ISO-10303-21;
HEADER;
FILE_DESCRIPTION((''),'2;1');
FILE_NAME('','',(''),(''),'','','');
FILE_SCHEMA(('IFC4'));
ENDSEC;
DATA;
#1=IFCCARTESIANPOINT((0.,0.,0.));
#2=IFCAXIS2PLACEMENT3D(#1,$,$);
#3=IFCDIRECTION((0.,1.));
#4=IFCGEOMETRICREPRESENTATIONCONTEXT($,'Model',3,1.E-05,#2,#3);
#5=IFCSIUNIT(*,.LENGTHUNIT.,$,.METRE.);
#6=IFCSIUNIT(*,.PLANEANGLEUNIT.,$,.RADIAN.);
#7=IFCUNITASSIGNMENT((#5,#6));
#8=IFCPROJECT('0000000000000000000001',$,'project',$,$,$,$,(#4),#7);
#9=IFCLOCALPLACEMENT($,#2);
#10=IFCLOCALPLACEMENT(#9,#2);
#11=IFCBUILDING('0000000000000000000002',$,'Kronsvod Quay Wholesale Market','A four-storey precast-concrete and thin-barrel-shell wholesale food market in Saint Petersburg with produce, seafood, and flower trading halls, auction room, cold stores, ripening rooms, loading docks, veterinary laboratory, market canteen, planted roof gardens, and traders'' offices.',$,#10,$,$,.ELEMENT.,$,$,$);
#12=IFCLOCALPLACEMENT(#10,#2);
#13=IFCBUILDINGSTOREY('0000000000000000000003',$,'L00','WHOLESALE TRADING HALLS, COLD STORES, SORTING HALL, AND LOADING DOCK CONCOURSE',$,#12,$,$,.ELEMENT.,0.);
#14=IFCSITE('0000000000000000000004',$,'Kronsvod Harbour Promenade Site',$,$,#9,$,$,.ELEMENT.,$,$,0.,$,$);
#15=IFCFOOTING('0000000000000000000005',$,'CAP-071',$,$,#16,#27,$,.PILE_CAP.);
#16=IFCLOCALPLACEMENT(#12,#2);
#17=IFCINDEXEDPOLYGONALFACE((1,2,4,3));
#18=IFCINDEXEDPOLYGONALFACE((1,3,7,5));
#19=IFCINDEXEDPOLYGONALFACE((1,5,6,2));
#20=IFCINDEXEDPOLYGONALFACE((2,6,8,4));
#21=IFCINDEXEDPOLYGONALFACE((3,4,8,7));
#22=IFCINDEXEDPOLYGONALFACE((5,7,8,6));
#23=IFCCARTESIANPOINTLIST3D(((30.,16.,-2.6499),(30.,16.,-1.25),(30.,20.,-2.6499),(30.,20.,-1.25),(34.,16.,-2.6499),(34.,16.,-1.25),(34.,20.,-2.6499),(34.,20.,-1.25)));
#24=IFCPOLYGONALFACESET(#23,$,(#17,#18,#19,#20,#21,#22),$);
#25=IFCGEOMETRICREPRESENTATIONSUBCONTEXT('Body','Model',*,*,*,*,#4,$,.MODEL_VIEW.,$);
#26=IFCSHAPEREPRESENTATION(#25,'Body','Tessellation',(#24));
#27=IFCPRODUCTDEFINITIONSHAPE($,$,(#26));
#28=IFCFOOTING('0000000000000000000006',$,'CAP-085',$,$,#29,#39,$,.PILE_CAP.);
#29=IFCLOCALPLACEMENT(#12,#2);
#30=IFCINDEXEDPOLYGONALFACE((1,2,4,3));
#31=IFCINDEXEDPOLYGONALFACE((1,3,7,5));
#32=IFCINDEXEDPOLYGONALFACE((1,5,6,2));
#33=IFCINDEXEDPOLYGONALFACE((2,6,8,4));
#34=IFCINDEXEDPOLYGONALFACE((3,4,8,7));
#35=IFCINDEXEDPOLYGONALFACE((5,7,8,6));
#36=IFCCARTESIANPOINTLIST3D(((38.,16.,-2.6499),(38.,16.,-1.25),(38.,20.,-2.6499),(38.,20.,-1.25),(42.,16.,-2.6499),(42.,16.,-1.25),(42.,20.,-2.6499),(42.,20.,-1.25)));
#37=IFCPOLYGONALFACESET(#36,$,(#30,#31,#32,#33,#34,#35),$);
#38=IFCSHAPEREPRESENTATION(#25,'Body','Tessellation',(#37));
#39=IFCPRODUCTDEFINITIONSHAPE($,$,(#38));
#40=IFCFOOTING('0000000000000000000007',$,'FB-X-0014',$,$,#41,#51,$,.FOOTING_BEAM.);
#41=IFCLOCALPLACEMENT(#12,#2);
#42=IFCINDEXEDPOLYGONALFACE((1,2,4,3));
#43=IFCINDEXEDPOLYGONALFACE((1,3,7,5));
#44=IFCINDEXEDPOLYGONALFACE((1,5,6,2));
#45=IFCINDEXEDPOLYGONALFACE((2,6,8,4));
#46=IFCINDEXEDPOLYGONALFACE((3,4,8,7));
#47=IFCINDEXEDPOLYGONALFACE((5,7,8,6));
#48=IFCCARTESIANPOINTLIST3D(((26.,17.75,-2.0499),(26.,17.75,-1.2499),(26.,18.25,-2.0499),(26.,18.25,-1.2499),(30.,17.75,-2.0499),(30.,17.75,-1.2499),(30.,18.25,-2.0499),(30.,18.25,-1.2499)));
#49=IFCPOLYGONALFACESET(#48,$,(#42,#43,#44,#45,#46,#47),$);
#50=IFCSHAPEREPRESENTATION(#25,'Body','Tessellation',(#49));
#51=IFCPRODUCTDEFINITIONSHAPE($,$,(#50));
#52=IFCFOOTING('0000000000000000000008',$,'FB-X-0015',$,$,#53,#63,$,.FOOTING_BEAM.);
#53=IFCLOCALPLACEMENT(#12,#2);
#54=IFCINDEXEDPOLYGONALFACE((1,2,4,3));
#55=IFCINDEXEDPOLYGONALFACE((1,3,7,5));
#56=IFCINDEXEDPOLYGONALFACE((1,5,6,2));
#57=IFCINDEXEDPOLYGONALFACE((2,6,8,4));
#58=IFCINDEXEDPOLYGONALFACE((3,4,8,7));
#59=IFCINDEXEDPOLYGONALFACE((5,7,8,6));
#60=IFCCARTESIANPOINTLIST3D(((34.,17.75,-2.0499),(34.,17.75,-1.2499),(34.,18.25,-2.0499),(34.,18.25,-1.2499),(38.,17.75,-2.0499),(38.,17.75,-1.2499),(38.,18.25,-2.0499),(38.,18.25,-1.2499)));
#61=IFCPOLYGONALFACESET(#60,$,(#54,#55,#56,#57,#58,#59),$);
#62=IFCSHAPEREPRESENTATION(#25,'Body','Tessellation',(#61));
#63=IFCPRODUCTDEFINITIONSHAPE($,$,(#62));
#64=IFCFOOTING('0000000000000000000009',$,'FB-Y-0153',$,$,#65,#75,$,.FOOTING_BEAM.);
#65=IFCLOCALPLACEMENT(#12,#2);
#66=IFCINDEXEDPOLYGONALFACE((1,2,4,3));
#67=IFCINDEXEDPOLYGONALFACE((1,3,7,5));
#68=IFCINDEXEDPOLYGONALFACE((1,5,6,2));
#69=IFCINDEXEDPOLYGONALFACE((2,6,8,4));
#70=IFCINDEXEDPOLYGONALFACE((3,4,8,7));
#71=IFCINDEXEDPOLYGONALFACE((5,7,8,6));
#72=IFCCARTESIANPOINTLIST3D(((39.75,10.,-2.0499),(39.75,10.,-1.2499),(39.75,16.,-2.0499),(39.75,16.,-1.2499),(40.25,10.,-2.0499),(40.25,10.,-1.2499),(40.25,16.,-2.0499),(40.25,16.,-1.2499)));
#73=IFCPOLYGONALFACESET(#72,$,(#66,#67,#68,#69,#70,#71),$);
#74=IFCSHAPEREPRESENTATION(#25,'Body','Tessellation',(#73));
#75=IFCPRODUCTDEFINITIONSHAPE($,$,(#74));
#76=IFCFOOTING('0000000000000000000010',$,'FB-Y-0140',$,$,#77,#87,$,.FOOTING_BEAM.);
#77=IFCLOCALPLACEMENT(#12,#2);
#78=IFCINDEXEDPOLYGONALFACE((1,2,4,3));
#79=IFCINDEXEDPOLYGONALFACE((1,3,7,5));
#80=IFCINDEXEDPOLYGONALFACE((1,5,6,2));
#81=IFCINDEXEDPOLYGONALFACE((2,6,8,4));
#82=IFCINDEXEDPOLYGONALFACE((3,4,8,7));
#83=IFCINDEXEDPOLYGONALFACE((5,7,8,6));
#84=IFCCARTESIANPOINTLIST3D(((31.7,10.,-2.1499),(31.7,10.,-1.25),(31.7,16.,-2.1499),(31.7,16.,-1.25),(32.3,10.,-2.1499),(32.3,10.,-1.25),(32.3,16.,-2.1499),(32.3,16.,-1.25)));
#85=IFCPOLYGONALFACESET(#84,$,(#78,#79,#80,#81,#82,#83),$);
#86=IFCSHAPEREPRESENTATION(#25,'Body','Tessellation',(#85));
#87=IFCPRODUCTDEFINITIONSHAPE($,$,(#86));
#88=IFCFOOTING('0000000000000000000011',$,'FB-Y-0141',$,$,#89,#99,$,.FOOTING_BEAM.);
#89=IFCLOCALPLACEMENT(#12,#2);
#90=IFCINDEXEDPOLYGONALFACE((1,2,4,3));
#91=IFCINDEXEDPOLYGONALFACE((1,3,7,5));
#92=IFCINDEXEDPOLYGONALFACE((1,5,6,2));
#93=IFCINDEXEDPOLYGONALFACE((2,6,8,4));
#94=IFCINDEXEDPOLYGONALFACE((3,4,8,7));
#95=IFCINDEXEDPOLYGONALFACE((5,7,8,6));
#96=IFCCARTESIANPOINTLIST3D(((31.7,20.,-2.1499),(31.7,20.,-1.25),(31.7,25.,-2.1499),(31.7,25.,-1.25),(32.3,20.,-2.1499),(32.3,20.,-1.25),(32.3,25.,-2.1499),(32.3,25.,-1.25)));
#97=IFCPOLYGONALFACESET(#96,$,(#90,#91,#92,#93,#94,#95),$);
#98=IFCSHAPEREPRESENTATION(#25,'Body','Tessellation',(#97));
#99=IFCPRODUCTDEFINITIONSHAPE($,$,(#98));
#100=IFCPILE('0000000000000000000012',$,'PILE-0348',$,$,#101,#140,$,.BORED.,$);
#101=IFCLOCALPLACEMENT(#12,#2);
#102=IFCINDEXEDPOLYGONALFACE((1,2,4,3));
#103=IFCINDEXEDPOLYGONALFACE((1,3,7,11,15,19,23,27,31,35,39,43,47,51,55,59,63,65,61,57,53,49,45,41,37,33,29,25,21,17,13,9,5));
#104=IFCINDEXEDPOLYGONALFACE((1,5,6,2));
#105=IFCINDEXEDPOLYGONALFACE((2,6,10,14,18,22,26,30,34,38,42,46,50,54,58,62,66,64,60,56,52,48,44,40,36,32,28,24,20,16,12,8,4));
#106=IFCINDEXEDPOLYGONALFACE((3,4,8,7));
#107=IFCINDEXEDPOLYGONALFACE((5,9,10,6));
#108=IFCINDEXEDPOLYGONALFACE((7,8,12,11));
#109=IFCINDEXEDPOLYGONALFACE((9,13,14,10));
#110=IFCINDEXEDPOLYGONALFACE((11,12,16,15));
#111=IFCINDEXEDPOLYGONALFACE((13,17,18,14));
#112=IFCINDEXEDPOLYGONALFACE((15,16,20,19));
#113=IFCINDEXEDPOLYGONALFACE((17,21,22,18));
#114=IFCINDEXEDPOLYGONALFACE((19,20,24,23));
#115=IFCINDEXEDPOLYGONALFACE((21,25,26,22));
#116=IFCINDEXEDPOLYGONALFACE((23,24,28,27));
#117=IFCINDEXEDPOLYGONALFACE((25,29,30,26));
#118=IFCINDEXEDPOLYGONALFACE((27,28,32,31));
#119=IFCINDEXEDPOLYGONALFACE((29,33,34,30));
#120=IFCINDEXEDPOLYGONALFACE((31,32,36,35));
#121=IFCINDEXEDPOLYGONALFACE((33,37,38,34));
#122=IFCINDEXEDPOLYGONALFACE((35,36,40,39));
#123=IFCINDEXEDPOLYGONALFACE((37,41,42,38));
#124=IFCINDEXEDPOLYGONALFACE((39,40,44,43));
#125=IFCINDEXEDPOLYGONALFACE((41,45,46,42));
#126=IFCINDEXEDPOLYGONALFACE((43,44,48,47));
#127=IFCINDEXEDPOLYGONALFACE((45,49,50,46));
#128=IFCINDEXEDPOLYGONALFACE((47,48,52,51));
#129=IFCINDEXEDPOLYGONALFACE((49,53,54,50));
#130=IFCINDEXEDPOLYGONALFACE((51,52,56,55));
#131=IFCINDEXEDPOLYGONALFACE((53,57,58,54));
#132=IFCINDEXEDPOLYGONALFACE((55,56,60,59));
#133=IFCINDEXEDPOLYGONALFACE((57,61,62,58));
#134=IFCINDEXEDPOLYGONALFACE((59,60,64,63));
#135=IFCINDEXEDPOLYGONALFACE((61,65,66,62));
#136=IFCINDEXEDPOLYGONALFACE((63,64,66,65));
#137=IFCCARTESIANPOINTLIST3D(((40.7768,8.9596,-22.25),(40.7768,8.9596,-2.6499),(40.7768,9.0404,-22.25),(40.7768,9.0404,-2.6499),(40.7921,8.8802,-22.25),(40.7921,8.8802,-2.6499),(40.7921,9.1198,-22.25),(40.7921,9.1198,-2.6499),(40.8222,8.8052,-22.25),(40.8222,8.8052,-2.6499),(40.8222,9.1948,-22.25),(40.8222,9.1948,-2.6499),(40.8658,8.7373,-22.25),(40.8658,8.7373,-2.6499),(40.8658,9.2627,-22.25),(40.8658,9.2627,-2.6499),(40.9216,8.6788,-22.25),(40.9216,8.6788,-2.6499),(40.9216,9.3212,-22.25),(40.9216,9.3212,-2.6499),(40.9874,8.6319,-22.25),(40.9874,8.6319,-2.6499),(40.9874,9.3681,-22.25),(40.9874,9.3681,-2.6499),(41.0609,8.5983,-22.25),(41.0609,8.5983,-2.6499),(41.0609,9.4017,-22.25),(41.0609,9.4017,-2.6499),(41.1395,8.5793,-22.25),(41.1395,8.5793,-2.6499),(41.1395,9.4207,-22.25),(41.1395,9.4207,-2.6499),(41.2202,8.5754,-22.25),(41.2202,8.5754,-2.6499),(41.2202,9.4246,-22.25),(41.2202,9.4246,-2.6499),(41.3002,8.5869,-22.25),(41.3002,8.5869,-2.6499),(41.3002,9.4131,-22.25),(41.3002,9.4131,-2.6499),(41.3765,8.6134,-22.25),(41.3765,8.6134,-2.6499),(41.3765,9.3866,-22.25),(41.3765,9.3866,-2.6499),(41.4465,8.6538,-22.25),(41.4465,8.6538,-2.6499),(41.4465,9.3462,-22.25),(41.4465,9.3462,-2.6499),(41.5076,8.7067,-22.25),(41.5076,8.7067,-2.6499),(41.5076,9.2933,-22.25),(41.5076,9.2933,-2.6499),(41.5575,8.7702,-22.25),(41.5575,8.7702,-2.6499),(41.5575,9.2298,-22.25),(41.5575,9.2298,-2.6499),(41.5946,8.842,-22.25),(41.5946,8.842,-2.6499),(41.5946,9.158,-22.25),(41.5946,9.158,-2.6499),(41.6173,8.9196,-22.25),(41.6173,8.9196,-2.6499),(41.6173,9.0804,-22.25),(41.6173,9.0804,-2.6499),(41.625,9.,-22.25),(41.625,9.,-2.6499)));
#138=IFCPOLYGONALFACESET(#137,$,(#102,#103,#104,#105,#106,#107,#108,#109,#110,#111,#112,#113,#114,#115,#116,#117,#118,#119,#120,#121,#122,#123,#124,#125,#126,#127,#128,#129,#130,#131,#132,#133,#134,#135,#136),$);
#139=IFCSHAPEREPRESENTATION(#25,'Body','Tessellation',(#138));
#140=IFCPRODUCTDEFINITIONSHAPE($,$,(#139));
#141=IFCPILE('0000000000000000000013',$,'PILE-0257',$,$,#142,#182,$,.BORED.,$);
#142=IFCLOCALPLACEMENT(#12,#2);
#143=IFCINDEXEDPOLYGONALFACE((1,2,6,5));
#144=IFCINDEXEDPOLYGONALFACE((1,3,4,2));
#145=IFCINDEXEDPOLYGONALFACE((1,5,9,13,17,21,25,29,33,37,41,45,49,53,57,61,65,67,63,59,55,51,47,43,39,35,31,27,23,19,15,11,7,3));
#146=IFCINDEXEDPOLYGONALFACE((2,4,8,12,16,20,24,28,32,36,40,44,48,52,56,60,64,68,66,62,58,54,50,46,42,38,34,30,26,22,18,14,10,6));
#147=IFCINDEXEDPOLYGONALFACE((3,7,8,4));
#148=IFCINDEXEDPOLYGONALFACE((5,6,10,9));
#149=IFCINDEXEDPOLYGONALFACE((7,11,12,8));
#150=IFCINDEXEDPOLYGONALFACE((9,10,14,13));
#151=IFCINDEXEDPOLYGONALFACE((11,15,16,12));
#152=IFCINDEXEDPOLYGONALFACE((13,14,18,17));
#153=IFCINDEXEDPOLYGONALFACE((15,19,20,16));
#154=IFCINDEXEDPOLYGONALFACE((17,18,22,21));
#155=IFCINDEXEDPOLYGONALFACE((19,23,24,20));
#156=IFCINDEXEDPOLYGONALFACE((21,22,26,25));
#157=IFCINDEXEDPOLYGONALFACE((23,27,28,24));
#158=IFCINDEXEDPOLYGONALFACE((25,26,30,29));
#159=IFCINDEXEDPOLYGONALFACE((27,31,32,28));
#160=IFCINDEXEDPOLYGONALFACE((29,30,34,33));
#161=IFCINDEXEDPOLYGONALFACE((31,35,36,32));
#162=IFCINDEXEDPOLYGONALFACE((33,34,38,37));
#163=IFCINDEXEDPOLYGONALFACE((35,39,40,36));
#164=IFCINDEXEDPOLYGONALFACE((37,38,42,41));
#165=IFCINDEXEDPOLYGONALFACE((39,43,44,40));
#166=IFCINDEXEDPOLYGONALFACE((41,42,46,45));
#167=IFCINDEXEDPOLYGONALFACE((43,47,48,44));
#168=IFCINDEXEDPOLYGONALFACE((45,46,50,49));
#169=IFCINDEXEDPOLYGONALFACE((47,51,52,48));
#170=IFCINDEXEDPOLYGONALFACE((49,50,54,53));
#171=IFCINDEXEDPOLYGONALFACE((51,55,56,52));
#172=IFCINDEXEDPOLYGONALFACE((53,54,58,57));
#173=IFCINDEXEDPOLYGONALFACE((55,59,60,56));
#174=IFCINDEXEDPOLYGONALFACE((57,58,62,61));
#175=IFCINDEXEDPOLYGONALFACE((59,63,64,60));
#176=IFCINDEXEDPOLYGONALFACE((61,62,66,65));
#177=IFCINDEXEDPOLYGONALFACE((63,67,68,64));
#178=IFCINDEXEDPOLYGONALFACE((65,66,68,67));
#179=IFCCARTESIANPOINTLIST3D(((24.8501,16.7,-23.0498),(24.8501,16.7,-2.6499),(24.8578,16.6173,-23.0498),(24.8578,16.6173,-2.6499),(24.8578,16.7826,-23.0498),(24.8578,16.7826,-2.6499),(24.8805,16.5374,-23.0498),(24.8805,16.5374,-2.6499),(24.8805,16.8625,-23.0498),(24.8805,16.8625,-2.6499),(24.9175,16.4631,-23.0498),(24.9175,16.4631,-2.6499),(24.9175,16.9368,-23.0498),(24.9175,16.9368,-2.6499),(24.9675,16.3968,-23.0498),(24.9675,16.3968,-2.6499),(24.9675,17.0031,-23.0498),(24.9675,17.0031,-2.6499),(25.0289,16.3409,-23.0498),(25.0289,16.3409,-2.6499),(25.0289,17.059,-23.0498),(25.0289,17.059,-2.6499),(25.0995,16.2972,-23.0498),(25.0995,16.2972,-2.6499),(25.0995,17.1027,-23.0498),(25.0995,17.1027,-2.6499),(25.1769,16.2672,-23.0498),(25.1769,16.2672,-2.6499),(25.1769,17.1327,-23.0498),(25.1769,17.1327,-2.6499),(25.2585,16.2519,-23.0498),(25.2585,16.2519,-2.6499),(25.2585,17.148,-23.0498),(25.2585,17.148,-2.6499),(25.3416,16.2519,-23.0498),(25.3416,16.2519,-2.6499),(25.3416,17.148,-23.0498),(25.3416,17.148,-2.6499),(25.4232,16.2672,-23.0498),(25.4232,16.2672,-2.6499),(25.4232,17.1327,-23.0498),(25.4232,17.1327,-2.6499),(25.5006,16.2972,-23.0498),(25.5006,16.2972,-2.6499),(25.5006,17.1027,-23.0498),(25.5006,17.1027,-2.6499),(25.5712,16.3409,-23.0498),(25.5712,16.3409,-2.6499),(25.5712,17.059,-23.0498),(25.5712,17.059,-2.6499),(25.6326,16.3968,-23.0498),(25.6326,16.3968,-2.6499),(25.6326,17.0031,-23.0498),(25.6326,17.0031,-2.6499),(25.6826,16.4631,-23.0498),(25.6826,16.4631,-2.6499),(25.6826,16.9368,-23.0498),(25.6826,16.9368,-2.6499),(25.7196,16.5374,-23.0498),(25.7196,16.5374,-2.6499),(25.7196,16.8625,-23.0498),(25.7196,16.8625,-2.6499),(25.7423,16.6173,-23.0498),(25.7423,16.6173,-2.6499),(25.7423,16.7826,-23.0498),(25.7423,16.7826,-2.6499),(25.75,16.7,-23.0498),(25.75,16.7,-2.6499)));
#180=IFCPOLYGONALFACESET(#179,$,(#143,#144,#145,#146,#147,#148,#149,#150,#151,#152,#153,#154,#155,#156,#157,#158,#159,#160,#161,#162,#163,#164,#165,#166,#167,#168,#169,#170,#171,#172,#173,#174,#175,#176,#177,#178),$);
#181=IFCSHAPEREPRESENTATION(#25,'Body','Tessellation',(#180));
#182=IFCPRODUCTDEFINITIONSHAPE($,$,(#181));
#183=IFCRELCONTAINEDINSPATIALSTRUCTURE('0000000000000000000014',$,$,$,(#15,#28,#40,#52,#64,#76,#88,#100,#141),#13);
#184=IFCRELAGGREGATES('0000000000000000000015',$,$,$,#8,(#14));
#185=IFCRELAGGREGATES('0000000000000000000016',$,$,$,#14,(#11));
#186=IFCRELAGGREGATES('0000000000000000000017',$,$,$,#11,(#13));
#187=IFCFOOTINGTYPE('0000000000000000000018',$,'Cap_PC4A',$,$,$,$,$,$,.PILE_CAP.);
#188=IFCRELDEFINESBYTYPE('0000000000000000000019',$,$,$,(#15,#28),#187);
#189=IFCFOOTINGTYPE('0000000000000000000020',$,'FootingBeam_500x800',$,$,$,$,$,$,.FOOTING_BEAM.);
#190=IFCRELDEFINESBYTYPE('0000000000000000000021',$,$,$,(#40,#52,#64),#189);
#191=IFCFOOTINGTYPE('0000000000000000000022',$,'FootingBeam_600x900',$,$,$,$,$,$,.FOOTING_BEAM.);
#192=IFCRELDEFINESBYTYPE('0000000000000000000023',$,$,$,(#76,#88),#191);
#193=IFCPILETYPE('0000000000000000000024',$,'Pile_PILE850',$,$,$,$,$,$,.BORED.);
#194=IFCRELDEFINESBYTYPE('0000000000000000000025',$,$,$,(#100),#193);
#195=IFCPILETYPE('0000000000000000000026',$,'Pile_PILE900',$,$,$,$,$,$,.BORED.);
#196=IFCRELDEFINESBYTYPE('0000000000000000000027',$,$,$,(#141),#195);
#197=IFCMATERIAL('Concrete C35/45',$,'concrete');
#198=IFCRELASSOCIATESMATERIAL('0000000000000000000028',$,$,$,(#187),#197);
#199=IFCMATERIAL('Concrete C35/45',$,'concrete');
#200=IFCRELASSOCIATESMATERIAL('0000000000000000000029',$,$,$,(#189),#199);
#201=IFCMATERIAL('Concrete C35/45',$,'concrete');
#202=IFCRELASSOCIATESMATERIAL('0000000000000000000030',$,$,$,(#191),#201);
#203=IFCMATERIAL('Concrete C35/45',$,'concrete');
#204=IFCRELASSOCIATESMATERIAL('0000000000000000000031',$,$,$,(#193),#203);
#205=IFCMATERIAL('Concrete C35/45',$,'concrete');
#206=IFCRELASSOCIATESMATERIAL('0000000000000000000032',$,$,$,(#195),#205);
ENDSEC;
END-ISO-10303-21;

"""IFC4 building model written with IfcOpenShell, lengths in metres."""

from ifc_helpers import new_model, si_unit, direction, frame, origin, origin_2d, place, context, subcontext, project, spatial, rectangle, circle, extrude, material, material_profile, profile_set, type_object, element, save


model = new_model("IFC4")

# Units and contexts
model_context = context("Model", 3, precision=1e-05, world=origin(), true_north=direction((0.0, 1.0)))
body_context = subcontext(model_context, "Body", "Model", "MODEL_VIEW")
ifc_project = project(units=[si_unit("LENGTHUNIT", "METRE"), si_unit("PLANEANGLEUNIT", "RADIAN")], contexts=[model_context])

# Site, building, storey
site_placement = place(None, origin())
site = spatial("IfcSite", under=ifc_project, at=site_placement, Name="Kronsvod Harbour Promenade Site", CompositionType="ELEMENT", RefElevation=0.0)
building_placement = place(site_placement, origin())
building = spatial("IfcBuilding", under=site, at=building_placement, Name="Kronsvod Quay Wholesale Market", Description="A four-storey precast-concrete and thin-barrel-shell wholesale food market in Saint Petersburg with produce, seafood, and flower trading halls, auction room, cold stores, ripening rooms, loading docks, veterinary laboratory, market canteen, planted roof gardens, and traders' offices.", CompositionType="ELEMENT")
storey_placement = place(building_placement, origin())
storey = spatial("IfcBuildingStorey", under=building, at=storey_placement, Name="L00", Description="WHOLESALE TRADING HALLS, COLD STORES, SORTING HALL, AND LOADING DOCK CONCOURSE", CompositionType="ELEMENT", Elevation=0.0)

# Footings
ifc_material_1 = material(Name="Concrete C35/45", Category="concrete")
footing_type_1 = type_object("IfcFootingType", Name="Cap_PC4A", PredefinedType="PILE_CAP", material=ifc_material_1)
for number, where, z_axis, x_axis, name in (
    (1, (32.0, 18.0, -2.6499), (0.0, 0.0, 1.0), (1.0, 0.0, 0.0), "CAP-071"),
    (2, (40.0, 18.0, -2.6499), (0.0, 0.0, 1.0), (1.0, 0.0, 0.0), "CAP-085"),
):
    element("IfcFooting", number, at=place(storey_placement, frame(where, z_axis=z_axis, x_axis=x_axis)), inside=storey, type_object=footing_type_1, Name=name, PredefinedType="PILE_CAP", context=body_context, shape_type="SweptSolid", body=[
        extrude(rectangle(XDim=4.0, YDim=4.0, at=origin_2d()), origin(), (0.0, 0.0, 1.0), 1.3999),
    ])
ifc_material_2 = material(Name="Concrete C35/45", Category="concrete")
ifc_material_profile_1 = material_profile(ifc_material_2, rectangle(XDim=0.5, YDim=0.8, at=origin_2d()), Name="FB-01")
ifc_profile_set_1 = profile_set([ifc_material_profile_1], Name="Concrete C35/45")
footing_type_2 = type_object("IfcFootingType", Name="FootingBeam_500x800", PredefinedType="FOOTING_BEAM", material=ifc_profile_set_1)
for number, where, z_axis, x_axis, name in (
    (3, (26.0, 18.0, -1.6499), (1.0, 0.0, 0.0), (0.0, 1.0, 0.0), "FB-X-0014"),
    (4, (34.0, 18.0, -1.6499), (1.0, 0.0, 0.0), (0.0, 1.0, 0.0), "FB-X-0015"),
):
    element("IfcFooting", number, at=place(storey_placement, frame(where, z_axis=z_axis, x_axis=x_axis)), inside=storey, type_object=footing_type_2, Name=name, PredefinedType="FOOTING_BEAM", context=body_context, shape_type="SweptSolid", body=[
        extrude(rectangle(XDim=0.5, YDim=0.8, at=origin_2d()), origin(), (0.0, 0.0, 1.0), 4.0),
    ])
footing_1_placement = place(storey_placement, frame((40.0, 10.0, -1.6499), z_axis=(0.0, 1.0, 0.0), x_axis=(-1.0, 0.0, 0.0)))
element("IfcFooting", 5, at=footing_1_placement, inside=storey, type_object=footing_type_2, Name="FB-Y-0153", PredefinedType="FOOTING_BEAM", context=body_context, shape_type="SweptSolid", body=[
    extrude(rectangle(XDim=0.5, YDim=0.8, at=origin_2d()), origin(), (0.0, 0.0, 1.0), 6.0),
])
ifc_material_3 = material(Name="Concrete C35/45", Category="concrete")
ifc_material_profile_2 = material_profile(ifc_material_3, rectangle(XDim=0.6001, YDim=0.8999, at=origin_2d()), Name="FB-02")
ifc_profile_set_2 = profile_set([ifc_material_profile_2], Name="Concrete C35/45")
footing_type_3 = type_object("IfcFootingType", Name="FootingBeam_600x900", PredefinedType="FOOTING_BEAM", material=ifc_profile_set_2)
footing_2_placement = place(storey_placement, frame((32.0, 10.0, -1.7), z_axis=(0.0, 1.0, 0.0), x_axis=(-1.0, 0.0, 0.0)))
element("IfcFooting", 6, at=footing_2_placement, inside=storey, type_object=footing_type_3, Name="FB-Y-0140", PredefinedType="FOOTING_BEAM", context=body_context, shape_type="SweptSolid", body=[
    extrude(rectangle(XDim=0.6001, YDim=0.8999, at=origin_2d()), origin(), (0.0, 0.0, 1.0), 6.0),
])
footing_3_placement = place(storey_placement, frame((32.0, 20.0, -1.7), z_axis=(0.0, 1.0, 0.0), x_axis=(-1.0, 0.0, 0.0)))
element("IfcFooting", 7, at=footing_3_placement, inside=storey, type_object=footing_type_3, Name="FB-Y-0141", PredefinedType="FOOTING_BEAM", context=body_context, shape_type="SweptSolid", body=[
    extrude(rectangle(XDim=0.6001, YDim=0.8999, at=origin_2d()), origin(), (0.0, 0.0, 1.0), 5.0),
])

# Piles
ifc_material_4 = material(Name="Concrete C35/45", Category="concrete")
ifc_material_profile_3 = material_profile(ifc_material_4, circle(Radius=0.425, at=origin_2d()), Name="PILE850")
ifc_profile_set_3 = profile_set([ifc_material_profile_3], Name="Concrete C35/45")
pile_type_1 = type_object("IfcPileType", Name="Pile_PILE850", PredefinedType="BORED", material=ifc_profile_set_3)
pile_placement = place(storey_placement, frame((41.2, 9.0, -2.6499), z_axis=(0.0, 0.0, -1.0), x_axis=(1.0, 0.0, 0.0)))
element("IfcPile", 8, at=pile_placement, inside=storey, type_object=pile_type_1, Name="PILE-0348", PredefinedType="BORED", context=body_context, shape_type="SweptSolid", body=[
    extrude(circle(Radius=0.425, at=origin_2d()), origin(), (0.0, 0.0, 1.0), 19.6001),
])
ifc_material_5 = material(Name="Concrete C35/45", Category="concrete")
ifc_material_profile_4 = material_profile(ifc_material_5, circle(Radius=0.45, at=origin_2d()), Name="PILE900")
ifc_profile_set_4 = profile_set([ifc_material_profile_4], Name="Concrete C35/45")
pile_type_2 = type_object("IfcPileType", Name="Pile_PILE900", PredefinedType="BORED", material=ifc_profile_set_4)
for number, where, z_axis, x_axis, name in (
    (9, (25.3, 16.7, -2.6499), (0.0, 0.0, -1.0), (1.0, 0.0, 0.0), "PILE-0257"),
):
    element("IfcPile", number, at=place(storey_placement, frame(where, z_axis=z_axis, x_axis=x_axis)), inside=storey, type_object=pile_type_2, Name=name, PredefinedType="BORED", context=body_context, shape_type="SweptSolid", body=[
        extrude(circle(Radius=0.45, at=origin_2d()), origin(), (0.0, 0.0, 1.0), 20.3999),
    ])

save(model, "model.ifc")
